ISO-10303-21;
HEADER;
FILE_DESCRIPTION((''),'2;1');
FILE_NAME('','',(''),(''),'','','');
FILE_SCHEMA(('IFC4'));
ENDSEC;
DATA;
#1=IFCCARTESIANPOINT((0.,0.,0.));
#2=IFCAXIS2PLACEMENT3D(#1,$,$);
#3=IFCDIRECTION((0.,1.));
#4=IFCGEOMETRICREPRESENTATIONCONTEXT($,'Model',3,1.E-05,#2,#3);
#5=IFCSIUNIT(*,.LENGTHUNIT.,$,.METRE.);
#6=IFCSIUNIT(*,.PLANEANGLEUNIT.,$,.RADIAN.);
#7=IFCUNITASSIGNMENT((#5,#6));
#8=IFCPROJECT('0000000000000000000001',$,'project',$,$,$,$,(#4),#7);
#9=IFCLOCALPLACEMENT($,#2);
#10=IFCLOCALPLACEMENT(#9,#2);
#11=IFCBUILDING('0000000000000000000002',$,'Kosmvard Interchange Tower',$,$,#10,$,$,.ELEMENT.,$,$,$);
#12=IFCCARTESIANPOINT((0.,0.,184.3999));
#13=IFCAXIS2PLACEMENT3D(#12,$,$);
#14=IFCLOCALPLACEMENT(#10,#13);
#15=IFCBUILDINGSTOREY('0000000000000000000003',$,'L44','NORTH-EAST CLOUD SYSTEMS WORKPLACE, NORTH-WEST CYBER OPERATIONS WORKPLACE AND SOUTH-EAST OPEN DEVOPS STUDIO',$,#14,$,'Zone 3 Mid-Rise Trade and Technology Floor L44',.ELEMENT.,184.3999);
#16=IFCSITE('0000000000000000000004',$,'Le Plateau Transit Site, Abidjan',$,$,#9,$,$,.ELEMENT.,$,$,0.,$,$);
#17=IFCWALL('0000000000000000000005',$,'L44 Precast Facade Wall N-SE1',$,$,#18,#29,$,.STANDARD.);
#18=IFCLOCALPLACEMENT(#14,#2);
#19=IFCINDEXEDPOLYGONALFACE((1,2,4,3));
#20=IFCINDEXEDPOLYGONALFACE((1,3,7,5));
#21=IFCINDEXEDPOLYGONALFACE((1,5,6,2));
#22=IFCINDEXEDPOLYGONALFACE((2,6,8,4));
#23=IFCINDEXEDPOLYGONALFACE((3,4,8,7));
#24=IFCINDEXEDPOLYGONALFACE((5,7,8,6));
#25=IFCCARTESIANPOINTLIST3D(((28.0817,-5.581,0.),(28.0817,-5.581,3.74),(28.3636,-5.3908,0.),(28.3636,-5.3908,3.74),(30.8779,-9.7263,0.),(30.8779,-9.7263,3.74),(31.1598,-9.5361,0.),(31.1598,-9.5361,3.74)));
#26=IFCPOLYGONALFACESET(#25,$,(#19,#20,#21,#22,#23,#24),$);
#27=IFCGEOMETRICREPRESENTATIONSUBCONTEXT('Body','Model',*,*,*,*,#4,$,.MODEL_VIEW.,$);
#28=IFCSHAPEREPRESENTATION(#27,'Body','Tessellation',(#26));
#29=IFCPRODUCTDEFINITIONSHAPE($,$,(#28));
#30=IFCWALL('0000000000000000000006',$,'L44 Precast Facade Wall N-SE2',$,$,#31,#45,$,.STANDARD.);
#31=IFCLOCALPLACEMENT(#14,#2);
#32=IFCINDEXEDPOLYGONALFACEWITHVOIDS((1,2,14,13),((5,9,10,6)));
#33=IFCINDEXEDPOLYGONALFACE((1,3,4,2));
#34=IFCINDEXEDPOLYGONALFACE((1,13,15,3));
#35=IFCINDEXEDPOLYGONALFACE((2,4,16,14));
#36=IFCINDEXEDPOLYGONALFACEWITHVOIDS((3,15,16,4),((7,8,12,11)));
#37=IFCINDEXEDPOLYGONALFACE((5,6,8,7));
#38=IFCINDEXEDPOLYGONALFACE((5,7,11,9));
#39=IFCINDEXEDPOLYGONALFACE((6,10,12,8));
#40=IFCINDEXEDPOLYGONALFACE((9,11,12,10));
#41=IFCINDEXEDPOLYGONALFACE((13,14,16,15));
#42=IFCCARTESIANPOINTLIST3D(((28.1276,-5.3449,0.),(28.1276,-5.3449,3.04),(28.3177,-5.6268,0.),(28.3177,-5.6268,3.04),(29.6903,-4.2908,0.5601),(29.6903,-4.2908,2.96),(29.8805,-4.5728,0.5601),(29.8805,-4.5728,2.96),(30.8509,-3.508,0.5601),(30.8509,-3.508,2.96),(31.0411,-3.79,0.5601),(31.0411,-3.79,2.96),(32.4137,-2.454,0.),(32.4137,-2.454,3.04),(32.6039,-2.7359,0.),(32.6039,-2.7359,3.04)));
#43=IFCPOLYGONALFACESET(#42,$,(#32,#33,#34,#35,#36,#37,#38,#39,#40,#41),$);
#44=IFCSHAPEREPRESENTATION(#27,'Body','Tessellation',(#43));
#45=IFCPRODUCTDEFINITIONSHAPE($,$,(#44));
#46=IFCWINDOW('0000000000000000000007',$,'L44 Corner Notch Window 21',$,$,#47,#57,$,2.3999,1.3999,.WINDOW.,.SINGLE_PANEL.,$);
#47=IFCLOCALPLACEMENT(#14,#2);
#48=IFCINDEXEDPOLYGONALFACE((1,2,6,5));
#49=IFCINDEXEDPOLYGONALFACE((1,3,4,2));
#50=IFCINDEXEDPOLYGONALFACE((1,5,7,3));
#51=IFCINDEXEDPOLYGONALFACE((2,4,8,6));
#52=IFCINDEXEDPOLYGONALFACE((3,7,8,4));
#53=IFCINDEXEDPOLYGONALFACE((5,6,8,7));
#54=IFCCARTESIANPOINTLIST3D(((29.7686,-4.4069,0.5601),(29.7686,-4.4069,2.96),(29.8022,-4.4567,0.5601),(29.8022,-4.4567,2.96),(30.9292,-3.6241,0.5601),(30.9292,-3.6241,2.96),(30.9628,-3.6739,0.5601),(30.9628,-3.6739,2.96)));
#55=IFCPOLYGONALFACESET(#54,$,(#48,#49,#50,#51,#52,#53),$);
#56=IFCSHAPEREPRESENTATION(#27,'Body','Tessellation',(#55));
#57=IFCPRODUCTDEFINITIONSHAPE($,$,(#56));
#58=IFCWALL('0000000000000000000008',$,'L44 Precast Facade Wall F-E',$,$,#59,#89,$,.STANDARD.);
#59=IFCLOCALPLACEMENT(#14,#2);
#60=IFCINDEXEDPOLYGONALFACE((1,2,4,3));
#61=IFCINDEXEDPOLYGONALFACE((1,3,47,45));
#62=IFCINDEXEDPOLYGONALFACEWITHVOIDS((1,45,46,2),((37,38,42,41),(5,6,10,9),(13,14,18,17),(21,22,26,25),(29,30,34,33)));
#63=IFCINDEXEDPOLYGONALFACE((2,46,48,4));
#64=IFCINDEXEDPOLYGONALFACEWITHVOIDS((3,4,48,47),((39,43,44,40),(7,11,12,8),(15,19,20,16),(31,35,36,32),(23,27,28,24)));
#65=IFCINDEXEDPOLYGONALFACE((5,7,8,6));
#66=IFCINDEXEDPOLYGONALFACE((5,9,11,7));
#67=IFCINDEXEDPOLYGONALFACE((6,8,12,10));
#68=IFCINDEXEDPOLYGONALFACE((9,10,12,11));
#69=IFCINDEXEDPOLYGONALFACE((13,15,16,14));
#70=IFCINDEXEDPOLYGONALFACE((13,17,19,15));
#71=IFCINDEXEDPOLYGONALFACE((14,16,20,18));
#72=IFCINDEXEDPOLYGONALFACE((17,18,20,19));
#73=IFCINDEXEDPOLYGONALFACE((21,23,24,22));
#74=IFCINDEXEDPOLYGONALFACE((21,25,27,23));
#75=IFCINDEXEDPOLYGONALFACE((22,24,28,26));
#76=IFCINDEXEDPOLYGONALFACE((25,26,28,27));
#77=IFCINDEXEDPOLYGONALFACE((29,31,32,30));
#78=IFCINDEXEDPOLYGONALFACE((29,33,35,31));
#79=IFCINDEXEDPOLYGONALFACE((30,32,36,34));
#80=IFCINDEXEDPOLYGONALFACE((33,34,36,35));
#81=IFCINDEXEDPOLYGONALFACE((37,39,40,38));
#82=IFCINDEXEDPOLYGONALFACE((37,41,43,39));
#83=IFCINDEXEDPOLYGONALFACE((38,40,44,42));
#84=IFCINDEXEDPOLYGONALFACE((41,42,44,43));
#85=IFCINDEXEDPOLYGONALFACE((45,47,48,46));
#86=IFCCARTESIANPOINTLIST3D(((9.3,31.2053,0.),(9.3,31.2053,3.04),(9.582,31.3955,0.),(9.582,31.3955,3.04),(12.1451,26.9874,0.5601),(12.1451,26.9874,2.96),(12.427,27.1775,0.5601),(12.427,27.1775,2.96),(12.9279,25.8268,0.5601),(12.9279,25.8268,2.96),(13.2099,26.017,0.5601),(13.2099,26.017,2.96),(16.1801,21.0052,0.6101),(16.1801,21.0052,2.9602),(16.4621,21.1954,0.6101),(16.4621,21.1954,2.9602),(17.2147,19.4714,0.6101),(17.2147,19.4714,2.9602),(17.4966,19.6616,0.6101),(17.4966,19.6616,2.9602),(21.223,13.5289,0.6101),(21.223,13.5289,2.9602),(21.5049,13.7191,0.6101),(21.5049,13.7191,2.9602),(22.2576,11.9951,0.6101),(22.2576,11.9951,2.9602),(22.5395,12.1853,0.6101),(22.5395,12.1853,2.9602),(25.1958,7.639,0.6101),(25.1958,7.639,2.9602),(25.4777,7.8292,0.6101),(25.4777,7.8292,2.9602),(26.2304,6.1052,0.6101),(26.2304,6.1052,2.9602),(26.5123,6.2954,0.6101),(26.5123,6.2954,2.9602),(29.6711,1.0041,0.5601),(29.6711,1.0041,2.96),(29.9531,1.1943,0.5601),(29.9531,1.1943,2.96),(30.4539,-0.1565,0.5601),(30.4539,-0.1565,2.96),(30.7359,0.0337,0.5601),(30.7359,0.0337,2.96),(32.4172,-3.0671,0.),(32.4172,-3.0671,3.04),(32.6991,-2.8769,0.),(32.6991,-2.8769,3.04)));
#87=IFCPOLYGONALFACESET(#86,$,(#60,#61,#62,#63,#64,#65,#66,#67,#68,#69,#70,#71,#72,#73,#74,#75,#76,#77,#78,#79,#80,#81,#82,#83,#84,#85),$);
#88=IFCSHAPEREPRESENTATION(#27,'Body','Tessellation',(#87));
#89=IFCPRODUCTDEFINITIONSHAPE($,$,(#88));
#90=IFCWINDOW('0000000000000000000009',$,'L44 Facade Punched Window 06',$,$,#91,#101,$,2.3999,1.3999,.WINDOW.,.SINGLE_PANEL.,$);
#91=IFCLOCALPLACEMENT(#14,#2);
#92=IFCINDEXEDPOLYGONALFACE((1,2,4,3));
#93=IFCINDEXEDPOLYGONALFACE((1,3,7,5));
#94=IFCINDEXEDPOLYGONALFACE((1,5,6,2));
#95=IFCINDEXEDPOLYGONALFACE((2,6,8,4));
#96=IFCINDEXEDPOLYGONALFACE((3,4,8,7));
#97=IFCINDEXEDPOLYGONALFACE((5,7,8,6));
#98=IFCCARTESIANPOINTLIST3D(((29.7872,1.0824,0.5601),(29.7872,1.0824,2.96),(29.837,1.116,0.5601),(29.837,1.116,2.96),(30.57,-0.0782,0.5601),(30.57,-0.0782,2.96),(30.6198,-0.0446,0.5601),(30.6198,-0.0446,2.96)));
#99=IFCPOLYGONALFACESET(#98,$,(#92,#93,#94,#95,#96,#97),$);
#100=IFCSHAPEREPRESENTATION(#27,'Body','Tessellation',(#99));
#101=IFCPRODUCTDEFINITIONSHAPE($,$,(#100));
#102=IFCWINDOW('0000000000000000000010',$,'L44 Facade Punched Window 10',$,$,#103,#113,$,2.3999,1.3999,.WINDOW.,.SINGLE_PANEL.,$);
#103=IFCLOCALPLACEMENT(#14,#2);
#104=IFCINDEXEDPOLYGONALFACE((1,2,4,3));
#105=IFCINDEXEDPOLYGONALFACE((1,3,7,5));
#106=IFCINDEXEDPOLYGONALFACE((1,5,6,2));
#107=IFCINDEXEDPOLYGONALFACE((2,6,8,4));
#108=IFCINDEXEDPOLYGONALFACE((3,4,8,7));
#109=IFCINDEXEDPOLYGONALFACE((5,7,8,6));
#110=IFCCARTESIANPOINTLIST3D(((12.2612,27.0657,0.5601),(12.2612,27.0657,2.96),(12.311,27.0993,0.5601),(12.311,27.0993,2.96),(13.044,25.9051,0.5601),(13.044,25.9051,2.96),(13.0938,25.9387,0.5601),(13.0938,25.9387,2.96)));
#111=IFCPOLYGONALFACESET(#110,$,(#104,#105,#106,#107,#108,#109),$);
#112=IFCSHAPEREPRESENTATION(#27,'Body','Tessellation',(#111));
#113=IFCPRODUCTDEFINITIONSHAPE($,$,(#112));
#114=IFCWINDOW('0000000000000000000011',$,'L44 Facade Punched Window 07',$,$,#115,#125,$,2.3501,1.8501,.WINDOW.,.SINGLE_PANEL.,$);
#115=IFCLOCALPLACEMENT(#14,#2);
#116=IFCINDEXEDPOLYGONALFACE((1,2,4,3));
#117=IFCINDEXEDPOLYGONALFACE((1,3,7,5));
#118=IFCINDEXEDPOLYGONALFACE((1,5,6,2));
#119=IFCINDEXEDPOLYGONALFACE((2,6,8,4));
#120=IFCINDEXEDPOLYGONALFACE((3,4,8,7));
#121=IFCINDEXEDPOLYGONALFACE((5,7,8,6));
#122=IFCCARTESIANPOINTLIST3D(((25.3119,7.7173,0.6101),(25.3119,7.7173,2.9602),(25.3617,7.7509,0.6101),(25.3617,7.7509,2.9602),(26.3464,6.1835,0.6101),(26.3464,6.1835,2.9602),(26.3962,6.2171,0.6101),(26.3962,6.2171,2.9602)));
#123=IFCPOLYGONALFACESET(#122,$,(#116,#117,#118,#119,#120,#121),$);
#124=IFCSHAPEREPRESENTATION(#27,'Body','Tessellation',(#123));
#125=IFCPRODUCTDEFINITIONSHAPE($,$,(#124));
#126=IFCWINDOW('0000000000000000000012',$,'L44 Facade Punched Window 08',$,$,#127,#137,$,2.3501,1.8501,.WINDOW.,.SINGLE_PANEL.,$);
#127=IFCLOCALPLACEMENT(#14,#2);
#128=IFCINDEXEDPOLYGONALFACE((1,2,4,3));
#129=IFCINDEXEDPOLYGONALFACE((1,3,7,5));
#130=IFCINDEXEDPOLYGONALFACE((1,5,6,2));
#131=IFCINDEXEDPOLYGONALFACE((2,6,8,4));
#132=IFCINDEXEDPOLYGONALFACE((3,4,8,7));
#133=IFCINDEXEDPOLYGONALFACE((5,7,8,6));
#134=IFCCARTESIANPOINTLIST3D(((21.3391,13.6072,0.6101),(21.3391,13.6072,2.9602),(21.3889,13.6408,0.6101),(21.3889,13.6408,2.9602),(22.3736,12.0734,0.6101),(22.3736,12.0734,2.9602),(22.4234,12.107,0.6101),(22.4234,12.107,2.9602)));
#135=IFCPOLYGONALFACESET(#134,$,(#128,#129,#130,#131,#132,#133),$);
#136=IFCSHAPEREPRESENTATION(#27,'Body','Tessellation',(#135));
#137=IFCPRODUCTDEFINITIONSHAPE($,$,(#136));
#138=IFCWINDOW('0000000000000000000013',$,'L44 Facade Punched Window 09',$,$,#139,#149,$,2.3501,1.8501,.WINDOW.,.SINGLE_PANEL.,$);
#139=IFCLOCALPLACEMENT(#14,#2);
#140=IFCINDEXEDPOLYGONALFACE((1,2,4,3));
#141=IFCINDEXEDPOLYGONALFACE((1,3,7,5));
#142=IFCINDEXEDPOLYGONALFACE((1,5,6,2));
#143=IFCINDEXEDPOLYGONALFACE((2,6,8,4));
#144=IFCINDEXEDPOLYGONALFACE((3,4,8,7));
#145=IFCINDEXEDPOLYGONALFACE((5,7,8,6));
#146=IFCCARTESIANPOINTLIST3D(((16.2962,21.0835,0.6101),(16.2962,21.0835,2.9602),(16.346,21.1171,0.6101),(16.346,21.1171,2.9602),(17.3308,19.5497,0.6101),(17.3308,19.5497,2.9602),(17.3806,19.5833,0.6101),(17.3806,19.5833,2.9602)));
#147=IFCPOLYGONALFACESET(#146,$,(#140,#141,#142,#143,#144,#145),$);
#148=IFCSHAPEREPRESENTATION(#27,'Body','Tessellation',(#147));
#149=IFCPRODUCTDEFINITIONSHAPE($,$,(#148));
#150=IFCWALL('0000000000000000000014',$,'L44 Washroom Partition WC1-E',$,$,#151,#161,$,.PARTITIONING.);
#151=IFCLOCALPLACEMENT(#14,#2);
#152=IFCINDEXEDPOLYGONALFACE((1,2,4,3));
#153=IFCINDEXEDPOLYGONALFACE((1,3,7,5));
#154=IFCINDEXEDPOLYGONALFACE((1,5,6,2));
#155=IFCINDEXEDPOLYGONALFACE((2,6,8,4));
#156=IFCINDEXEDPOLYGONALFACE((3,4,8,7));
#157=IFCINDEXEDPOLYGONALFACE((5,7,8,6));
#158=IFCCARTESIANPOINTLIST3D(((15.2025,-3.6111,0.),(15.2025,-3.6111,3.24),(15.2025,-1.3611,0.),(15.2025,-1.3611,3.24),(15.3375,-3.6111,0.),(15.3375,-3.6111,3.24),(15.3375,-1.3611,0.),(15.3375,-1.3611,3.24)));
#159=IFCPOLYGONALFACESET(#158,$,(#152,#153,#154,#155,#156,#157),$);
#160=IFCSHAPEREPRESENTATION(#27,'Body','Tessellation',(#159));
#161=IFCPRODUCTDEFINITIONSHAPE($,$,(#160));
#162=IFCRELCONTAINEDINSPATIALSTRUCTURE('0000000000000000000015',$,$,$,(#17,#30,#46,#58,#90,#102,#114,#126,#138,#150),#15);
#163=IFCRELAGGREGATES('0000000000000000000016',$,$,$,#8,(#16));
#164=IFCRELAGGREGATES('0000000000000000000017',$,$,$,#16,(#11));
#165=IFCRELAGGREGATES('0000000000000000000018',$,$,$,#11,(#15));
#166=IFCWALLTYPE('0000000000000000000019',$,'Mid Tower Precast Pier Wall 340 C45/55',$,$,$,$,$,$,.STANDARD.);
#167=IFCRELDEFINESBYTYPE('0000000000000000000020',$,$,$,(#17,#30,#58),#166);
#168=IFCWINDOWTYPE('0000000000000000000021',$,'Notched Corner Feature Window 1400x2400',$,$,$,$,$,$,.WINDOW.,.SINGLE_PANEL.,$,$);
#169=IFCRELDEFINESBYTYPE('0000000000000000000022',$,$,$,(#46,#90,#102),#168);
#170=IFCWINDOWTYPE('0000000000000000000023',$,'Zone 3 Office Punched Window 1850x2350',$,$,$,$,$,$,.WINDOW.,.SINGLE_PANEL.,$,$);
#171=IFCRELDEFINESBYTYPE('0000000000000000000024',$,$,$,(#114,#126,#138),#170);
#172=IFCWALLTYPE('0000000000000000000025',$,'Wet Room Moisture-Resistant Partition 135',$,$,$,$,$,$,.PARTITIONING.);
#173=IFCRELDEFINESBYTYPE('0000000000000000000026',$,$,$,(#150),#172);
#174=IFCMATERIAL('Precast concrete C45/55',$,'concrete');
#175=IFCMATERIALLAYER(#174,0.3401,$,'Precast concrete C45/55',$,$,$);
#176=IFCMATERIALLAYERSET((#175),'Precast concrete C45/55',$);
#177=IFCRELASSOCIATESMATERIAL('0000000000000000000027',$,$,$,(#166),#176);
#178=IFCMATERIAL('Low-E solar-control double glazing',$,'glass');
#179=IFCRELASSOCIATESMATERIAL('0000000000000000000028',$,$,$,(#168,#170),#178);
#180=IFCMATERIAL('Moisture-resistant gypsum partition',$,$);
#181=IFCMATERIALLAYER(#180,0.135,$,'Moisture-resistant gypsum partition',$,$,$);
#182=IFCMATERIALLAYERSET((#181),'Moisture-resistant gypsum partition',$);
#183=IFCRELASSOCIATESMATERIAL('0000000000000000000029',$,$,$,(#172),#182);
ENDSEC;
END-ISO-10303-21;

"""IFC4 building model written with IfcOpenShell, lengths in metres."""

from ifc_helpers import new_model, si_unit, direction, frame, frame_2d, origin, place, context, subcontext, project, spatial, rectangle, extrude, source, transform, mapped, material, layer, layer_set, type_object, element, fill, save


model = new_model("IFC4")

# Units and contexts
model_context = context("Model", 3, precision=1e-05, world=origin(), true_north=direction((0.0, 1.0)))
body_context = subcontext(model_context, "Body", "Model", "MODEL_VIEW")
ifc_project = project(units=[si_unit("LENGTHUNIT", "METRE"), si_unit("PLANEANGLEUNIT", "RADIAN")], contexts=[model_context])

# Site, building, storey
site_placement = place(None, origin())
site = spatial("IfcSite", under=ifc_project, at=site_placement, Name="Le Plateau Transit Site, Abidjan", CompositionType="ELEMENT", RefElevation=0.0)
building_placement = place(site_placement, origin())
building = spatial("IfcBuilding", under=site, at=building_placement, Name="Kosmvard Interchange Tower", CompositionType="ELEMENT")
storey_placement = place(building_placement, frame((0.0, 0.0, 184.3999)))
storey = spatial("IfcBuildingStorey", under=building, at=storey_placement, Name="L44", Description="NORTH-EAST CLOUD SYSTEMS WORKPLACE, NORTH-WEST CYBER OPERATIONS WORKPLACE AND SOUTH-EAST OPEN DEVOPS STUDIO", LongName="Zone 3 Mid-Rise Trade and Technology Floor L44", CompositionType="ELEMENT", Elevation=184.3999)

# Shared definitions
ifc_material_1 = material(Name="Precast concrete C45/55", Category="concrete")

# Wall
ifc_layer_1 = layer(ifc_material_1, 0.3401, Name="Precast concrete C45/55")
ifc_layer_set_1 = layer_set([ifc_layer_1], Name="Precast concrete C45/55")
wall_type_1 = type_object("IfcWallType", Name="Mid Tower Precast Pier Wall 340 C45/55", PredefinedType="STANDARD", material=ifc_layer_set_1)
wall_1_placement = place(storey_placement, frame((31.0188, -9.6311, 0.0), z_axis=(0.0, 0.0, 1.0), x_axis=(-0.55921, 0.829026, 0.0)))
element("IfcWall", 1, at=wall_1_placement, inside=storey, type_object=wall_type_1, Name="L44 Precast Facade Wall N-SE1", PredefinedType="STANDARD", context=body_context, shape_type="SweptSolid", body=[
    extrude(rectangle(XDim=5.0002, YDim=0.3401, at=frame_2d((2.5, 0.0))), origin(), (0.0, 0.0, 1.0), 3.74),
])

# Wall, opening, window
wall_2_placement = place(storey_placement, frame((28.2227, -5.4858, 0.0), z_axis=(0.0, 0.0, 1.0), x_axis=(0.829052, 0.559171, 0.0)))
wall_2 = element("IfcWall", 2, at=wall_2_placement, inside=storey, type_object=wall_type_1, Name="L44 Precast Facade Wall N-SE2", PredefinedType="STANDARD", context=body_context, shape_type="SweptSolid", body=[
    extrude(rectangle(XDim=5.1699, YDim=0.3401, at=frame_2d((2.585, 0.0))), origin(), (0.0, 0.0, 1.0), 3.04),
])
opening_1_placement = place(wall_2_placement, frame((1.885, 0.0, 0.5601)))
opening_1 = element("IfcOpeningElement", 3, at=opening_1_placement, cuts=wall_2, PredefinedType="OPENING", context=body_context, shape_type="SweptSolid", body=[
    extrude(rectangle(XDim=1.3999, YDim=2.3999, at=frame_2d((0.7, 1.2))), frame((0.0, 0.1802, 0.0), z_axis=(0.0, -1.0, 0.0), x_axis=(1.0, 0.0, 0.0)), (0.0, 0.0, 1.0), 0.3601),
])
ifc_material_2 = material(Name="Low-E solar-control double glazing", Category="glass")
window_type_1 = type_object("IfcWindowType", Name="Notched Corner Feature Window 1400x2400", PartitioningType="SINGLE_PANEL", PredefinedType="WINDOW", material=ifc_material_2)
shared_shape_1 = source(origin(), body_context, "Body", "SweptSolid", [
    extrude(rectangle(XDim=1.3999, YDim=2.3999, at=frame_2d((0.7, 1.2))), frame((0.0, 0.03, 0.0), z_axis=(0.0, -1.0, 0.0), x_axis=(1.0, 0.0, 0.0)), (0.0, 0.0, 1.0), 0.0601),
])
window_1_placement = place(opening_1_placement, origin())
window_1 = element("IfcWindow", 4, at=window_1_placement, inside=storey, type_object=window_type_1, Name="L44 Corner Notch Window 21", OverallHeight=2.3999, OverallWidth=1.3999, PartitioningType="SINGLE_PANEL", PredefinedType="WINDOW", context=body_context, shape_type="MappedRepresentation", body=[
    mapped(shared_shape_1, transform((0.0, 0.0, 0.0), scale=1.0)),
])
fill(opening_1, window_1)

# Wall, openings, windows
wall_3_placement = place(storey_placement, frame((32.5581, -2.9719, 0.0), z_axis=(0.0, 0.0, 1.0), x_axis=(-0.559195, 0.829036, 0.0)))
wall_3 = element("IfcWall", 5, at=wall_3_placement, inside=storey, type_object=wall_type_1, Name="L44 Precast Facade Wall F-E", PredefinedType="STANDARD", context=body_context, shape_type="SweptSolid", body=[
    extrude(rectangle(XDim=41.3401, YDim=0.3401, at=frame_2d((20.6699, 0.0))), origin(), (0.0, 0.0, 1.0), 3.04),
])
opening_2_placement = place(wall_3_placement, frame((3.5107, 0.0, 0.5601)))
opening_2 = element("IfcOpeningElement", 6, at=opening_2_placement, cuts=wall_3, PredefinedType="OPENING", context=body_context, shape_type="SweptSolid", body=[
    extrude(rectangle(XDim=1.3999, YDim=2.3999, at=frame_2d((0.7, 1.2))), frame((0.0, 0.1802, 0.0), z_axis=(0.0, -1.0, 0.0), x_axis=(1.0, 0.0, 0.0)), (0.0, 0.0, 1.0), 0.3601),
])
opening_3_placement = place(wall_3_placement, frame((11.0637, 0.0, 0.6101)))
opening_3 = element("IfcOpeningElement", 7, at=opening_3_placement, cuts=wall_3, PredefinedType="OPENING", context=body_context, shape_type="SweptSolid", body=[
    extrude(rectangle(XDim=1.8501, YDim=2.3501, at=frame_2d((0.925, 1.175))), frame((0.0, 0.1802, 0.0), z_axis=(0.0, -1.0, 0.0), x_axis=(1.0, 0.0, 0.0)), (0.0, 0.0, 1.0), 0.3601),
])
opening_4_placement = place(wall_3_placement, frame((18.1682, 0.0, 0.6101)))
opening_4 = element("IfcOpeningElement", 8, at=opening_4_placement, cuts=wall_3, PredefinedType="OPENING", context=body_context, shape_type="SweptSolid", body=[
    extrude(rectangle(XDim=1.8501, YDim=2.3501, at=frame_2d((0.925, 1.175))), frame((0.0, 0.1802, 0.0), z_axis=(0.0, -1.0, 0.0), x_axis=(1.0, 0.0, 0.0)), (0.0, 0.0, 1.0), 0.3601),
])
opening_5_placement = place(wall_3_placement, frame((27.1863, 0.0, 0.6101)))
opening_5 = element("IfcOpeningElement", 9, at=opening_5_placement, cuts=wall_3, PredefinedType="OPENING", context=body_context, shape_type="SweptSolid", body=[
    extrude(rectangle(XDim=1.8501, YDim=2.3501, at=frame_2d((0.925, 1.175))), frame((0.0, 0.1802, 0.0), z_axis=(0.0, -1.0, 0.0), x_axis=(1.0, 0.0, 0.0)), (0.0, 0.0, 1.0), 0.3601),
])
opening_6_placement = place(wall_3_placement, frame((34.8523, 0.0, 0.5601)))
opening_6 = element("IfcOpeningElement", 10, at=opening_6_placement, cuts=wall_3, PredefinedType="OPENING", context=body_context, shape_type="SweptSolid", body=[
    extrude(rectangle(XDim=1.3999, YDim=2.3999, at=frame_2d((0.7, 1.2))), frame((0.0, 0.1802, 0.0), z_axis=(0.0, -1.0, 0.0), x_axis=(1.0, 0.0, 0.0)), (0.0, 0.0, 1.0), 0.3601),
])
window_2_placement = place(opening_2_placement, origin())
window_2 = element("IfcWindow", 11, at=window_2_placement, inside=storey, type_object=window_type_1, Name="L44 Facade Punched Window 06", OverallHeight=2.3999, OverallWidth=1.3999, PartitioningType="SINGLE_PANEL", PredefinedType="WINDOW", context=body_context, shape_type="MappedRepresentation", body=[
    mapped(shared_shape_1, transform((0.0, 0.0, 0.0), scale=1.0)),
])
fill(opening_2, window_2)
window_3_placement = place(opening_6_placement, origin())
window_3 = element("IfcWindow", 12, at=window_3_placement, inside=storey, type_object=window_type_1, Name="L44 Facade Punched Window 10", OverallHeight=2.3999, OverallWidth=1.3999, PartitioningType="SINGLE_PANEL", PredefinedType="WINDOW", context=body_context, shape_type="MappedRepresentation", body=[
    mapped(shared_shape_1, transform((0.0, 0.0, 0.0), scale=1.0)),
])
fill(opening_6, window_3)
window_type_2 = type_object("IfcWindowType", Name="Zone 3 Office Punched Window 1850x2350", PartitioningType="SINGLE_PANEL", PredefinedType="WINDOW", material=ifc_material_2)
shared_shape_2 = source(origin(), body_context, "Body", "SweptSolid", [
    extrude(rectangle(XDim=1.8501, YDim=2.3501, at=frame_2d((0.925, 1.175))), frame((0.0, 0.03, 0.0), z_axis=(0.0, -1.0, 0.0), x_axis=(1.0, 0.0, 0.0)), (0.0, 0.0, 1.0), 0.0601),
])
window_4_placement = place(opening_3_placement, origin())
window_4 = element("IfcWindow", 13, at=window_4_placement, inside=storey, type_object=window_type_2, Name="L44 Facade Punched Window 07", OverallHeight=2.3501, OverallWidth=1.8501, PartitioningType="SINGLE_PANEL", PredefinedType="WINDOW", context=body_context, shape_type="MappedRepresentation", body=[
    mapped(shared_shape_2, transform((0.0, 0.0, 0.0), scale=1.0)),
])
fill(opening_3, window_4)
window_5_placement = place(opening_4_placement, origin())
window_5 = element("IfcWindow", 14, at=window_5_placement, inside=storey, type_object=window_type_2, Name="L44 Facade Punched Window 08", OverallHeight=2.3501, OverallWidth=1.8501, PartitioningType="SINGLE_PANEL", PredefinedType="WINDOW", context=body_context, shape_type="MappedRepresentation", body=[
    mapped(shared_shape_2, transform((0.0, 0.0, 0.0), scale=1.0)),
])
fill(opening_4, window_5)
window_6_placement = place(opening_5_placement, origin())
window_6 = element("IfcWindow", 15, at=window_6_placement, inside=storey, type_object=window_type_2, Name="L44 Facade Punched Window 09", OverallHeight=2.3501, OverallWidth=1.8501, PartitioningType="SINGLE_PANEL", PredefinedType="WINDOW", context=body_context, shape_type="MappedRepresentation", body=[
    mapped(shared_shape_2, transform((0.0, 0.0, 0.0), scale=1.0)),
])
fill(opening_5, window_6)

# Wall
ifc_material_3 = material(Name="Moisture-resistant gypsum partition")
ifc_layer_2 = layer(ifc_material_3, 0.135, Name="Moisture-resistant gypsum partition")
ifc_layer_set_2 = layer_set([ifc_layer_2], Name="Moisture-resistant gypsum partition")
wall_type_2 = type_object("IfcWallType", Name="Wet Room Moisture-Resistant Partition 135", PredefinedType="PARTITIONING", material=ifc_layer_set_2)
wall_4_placement = place(storey_placement, frame((15.27, -3.6111, 0.0), z_axis=(0.0, 0.0, 1.0), x_axis=(0.0, 1.0, 0.0)))
element("IfcWall", 16, at=wall_4_placement, inside=storey, type_object=wall_type_2, Name="L44 Washroom Partition WC1-E", PredefinedType="PARTITIONING", context=body_context, shape_type="SweptSolid", body=[
    extrude(rectangle(XDim=2.25, YDim=0.135, at=frame_2d((1.125, 0.0))), origin(), (0.0, 0.0, 1.0), 3.24),
])

save(model, "model.ifc")
